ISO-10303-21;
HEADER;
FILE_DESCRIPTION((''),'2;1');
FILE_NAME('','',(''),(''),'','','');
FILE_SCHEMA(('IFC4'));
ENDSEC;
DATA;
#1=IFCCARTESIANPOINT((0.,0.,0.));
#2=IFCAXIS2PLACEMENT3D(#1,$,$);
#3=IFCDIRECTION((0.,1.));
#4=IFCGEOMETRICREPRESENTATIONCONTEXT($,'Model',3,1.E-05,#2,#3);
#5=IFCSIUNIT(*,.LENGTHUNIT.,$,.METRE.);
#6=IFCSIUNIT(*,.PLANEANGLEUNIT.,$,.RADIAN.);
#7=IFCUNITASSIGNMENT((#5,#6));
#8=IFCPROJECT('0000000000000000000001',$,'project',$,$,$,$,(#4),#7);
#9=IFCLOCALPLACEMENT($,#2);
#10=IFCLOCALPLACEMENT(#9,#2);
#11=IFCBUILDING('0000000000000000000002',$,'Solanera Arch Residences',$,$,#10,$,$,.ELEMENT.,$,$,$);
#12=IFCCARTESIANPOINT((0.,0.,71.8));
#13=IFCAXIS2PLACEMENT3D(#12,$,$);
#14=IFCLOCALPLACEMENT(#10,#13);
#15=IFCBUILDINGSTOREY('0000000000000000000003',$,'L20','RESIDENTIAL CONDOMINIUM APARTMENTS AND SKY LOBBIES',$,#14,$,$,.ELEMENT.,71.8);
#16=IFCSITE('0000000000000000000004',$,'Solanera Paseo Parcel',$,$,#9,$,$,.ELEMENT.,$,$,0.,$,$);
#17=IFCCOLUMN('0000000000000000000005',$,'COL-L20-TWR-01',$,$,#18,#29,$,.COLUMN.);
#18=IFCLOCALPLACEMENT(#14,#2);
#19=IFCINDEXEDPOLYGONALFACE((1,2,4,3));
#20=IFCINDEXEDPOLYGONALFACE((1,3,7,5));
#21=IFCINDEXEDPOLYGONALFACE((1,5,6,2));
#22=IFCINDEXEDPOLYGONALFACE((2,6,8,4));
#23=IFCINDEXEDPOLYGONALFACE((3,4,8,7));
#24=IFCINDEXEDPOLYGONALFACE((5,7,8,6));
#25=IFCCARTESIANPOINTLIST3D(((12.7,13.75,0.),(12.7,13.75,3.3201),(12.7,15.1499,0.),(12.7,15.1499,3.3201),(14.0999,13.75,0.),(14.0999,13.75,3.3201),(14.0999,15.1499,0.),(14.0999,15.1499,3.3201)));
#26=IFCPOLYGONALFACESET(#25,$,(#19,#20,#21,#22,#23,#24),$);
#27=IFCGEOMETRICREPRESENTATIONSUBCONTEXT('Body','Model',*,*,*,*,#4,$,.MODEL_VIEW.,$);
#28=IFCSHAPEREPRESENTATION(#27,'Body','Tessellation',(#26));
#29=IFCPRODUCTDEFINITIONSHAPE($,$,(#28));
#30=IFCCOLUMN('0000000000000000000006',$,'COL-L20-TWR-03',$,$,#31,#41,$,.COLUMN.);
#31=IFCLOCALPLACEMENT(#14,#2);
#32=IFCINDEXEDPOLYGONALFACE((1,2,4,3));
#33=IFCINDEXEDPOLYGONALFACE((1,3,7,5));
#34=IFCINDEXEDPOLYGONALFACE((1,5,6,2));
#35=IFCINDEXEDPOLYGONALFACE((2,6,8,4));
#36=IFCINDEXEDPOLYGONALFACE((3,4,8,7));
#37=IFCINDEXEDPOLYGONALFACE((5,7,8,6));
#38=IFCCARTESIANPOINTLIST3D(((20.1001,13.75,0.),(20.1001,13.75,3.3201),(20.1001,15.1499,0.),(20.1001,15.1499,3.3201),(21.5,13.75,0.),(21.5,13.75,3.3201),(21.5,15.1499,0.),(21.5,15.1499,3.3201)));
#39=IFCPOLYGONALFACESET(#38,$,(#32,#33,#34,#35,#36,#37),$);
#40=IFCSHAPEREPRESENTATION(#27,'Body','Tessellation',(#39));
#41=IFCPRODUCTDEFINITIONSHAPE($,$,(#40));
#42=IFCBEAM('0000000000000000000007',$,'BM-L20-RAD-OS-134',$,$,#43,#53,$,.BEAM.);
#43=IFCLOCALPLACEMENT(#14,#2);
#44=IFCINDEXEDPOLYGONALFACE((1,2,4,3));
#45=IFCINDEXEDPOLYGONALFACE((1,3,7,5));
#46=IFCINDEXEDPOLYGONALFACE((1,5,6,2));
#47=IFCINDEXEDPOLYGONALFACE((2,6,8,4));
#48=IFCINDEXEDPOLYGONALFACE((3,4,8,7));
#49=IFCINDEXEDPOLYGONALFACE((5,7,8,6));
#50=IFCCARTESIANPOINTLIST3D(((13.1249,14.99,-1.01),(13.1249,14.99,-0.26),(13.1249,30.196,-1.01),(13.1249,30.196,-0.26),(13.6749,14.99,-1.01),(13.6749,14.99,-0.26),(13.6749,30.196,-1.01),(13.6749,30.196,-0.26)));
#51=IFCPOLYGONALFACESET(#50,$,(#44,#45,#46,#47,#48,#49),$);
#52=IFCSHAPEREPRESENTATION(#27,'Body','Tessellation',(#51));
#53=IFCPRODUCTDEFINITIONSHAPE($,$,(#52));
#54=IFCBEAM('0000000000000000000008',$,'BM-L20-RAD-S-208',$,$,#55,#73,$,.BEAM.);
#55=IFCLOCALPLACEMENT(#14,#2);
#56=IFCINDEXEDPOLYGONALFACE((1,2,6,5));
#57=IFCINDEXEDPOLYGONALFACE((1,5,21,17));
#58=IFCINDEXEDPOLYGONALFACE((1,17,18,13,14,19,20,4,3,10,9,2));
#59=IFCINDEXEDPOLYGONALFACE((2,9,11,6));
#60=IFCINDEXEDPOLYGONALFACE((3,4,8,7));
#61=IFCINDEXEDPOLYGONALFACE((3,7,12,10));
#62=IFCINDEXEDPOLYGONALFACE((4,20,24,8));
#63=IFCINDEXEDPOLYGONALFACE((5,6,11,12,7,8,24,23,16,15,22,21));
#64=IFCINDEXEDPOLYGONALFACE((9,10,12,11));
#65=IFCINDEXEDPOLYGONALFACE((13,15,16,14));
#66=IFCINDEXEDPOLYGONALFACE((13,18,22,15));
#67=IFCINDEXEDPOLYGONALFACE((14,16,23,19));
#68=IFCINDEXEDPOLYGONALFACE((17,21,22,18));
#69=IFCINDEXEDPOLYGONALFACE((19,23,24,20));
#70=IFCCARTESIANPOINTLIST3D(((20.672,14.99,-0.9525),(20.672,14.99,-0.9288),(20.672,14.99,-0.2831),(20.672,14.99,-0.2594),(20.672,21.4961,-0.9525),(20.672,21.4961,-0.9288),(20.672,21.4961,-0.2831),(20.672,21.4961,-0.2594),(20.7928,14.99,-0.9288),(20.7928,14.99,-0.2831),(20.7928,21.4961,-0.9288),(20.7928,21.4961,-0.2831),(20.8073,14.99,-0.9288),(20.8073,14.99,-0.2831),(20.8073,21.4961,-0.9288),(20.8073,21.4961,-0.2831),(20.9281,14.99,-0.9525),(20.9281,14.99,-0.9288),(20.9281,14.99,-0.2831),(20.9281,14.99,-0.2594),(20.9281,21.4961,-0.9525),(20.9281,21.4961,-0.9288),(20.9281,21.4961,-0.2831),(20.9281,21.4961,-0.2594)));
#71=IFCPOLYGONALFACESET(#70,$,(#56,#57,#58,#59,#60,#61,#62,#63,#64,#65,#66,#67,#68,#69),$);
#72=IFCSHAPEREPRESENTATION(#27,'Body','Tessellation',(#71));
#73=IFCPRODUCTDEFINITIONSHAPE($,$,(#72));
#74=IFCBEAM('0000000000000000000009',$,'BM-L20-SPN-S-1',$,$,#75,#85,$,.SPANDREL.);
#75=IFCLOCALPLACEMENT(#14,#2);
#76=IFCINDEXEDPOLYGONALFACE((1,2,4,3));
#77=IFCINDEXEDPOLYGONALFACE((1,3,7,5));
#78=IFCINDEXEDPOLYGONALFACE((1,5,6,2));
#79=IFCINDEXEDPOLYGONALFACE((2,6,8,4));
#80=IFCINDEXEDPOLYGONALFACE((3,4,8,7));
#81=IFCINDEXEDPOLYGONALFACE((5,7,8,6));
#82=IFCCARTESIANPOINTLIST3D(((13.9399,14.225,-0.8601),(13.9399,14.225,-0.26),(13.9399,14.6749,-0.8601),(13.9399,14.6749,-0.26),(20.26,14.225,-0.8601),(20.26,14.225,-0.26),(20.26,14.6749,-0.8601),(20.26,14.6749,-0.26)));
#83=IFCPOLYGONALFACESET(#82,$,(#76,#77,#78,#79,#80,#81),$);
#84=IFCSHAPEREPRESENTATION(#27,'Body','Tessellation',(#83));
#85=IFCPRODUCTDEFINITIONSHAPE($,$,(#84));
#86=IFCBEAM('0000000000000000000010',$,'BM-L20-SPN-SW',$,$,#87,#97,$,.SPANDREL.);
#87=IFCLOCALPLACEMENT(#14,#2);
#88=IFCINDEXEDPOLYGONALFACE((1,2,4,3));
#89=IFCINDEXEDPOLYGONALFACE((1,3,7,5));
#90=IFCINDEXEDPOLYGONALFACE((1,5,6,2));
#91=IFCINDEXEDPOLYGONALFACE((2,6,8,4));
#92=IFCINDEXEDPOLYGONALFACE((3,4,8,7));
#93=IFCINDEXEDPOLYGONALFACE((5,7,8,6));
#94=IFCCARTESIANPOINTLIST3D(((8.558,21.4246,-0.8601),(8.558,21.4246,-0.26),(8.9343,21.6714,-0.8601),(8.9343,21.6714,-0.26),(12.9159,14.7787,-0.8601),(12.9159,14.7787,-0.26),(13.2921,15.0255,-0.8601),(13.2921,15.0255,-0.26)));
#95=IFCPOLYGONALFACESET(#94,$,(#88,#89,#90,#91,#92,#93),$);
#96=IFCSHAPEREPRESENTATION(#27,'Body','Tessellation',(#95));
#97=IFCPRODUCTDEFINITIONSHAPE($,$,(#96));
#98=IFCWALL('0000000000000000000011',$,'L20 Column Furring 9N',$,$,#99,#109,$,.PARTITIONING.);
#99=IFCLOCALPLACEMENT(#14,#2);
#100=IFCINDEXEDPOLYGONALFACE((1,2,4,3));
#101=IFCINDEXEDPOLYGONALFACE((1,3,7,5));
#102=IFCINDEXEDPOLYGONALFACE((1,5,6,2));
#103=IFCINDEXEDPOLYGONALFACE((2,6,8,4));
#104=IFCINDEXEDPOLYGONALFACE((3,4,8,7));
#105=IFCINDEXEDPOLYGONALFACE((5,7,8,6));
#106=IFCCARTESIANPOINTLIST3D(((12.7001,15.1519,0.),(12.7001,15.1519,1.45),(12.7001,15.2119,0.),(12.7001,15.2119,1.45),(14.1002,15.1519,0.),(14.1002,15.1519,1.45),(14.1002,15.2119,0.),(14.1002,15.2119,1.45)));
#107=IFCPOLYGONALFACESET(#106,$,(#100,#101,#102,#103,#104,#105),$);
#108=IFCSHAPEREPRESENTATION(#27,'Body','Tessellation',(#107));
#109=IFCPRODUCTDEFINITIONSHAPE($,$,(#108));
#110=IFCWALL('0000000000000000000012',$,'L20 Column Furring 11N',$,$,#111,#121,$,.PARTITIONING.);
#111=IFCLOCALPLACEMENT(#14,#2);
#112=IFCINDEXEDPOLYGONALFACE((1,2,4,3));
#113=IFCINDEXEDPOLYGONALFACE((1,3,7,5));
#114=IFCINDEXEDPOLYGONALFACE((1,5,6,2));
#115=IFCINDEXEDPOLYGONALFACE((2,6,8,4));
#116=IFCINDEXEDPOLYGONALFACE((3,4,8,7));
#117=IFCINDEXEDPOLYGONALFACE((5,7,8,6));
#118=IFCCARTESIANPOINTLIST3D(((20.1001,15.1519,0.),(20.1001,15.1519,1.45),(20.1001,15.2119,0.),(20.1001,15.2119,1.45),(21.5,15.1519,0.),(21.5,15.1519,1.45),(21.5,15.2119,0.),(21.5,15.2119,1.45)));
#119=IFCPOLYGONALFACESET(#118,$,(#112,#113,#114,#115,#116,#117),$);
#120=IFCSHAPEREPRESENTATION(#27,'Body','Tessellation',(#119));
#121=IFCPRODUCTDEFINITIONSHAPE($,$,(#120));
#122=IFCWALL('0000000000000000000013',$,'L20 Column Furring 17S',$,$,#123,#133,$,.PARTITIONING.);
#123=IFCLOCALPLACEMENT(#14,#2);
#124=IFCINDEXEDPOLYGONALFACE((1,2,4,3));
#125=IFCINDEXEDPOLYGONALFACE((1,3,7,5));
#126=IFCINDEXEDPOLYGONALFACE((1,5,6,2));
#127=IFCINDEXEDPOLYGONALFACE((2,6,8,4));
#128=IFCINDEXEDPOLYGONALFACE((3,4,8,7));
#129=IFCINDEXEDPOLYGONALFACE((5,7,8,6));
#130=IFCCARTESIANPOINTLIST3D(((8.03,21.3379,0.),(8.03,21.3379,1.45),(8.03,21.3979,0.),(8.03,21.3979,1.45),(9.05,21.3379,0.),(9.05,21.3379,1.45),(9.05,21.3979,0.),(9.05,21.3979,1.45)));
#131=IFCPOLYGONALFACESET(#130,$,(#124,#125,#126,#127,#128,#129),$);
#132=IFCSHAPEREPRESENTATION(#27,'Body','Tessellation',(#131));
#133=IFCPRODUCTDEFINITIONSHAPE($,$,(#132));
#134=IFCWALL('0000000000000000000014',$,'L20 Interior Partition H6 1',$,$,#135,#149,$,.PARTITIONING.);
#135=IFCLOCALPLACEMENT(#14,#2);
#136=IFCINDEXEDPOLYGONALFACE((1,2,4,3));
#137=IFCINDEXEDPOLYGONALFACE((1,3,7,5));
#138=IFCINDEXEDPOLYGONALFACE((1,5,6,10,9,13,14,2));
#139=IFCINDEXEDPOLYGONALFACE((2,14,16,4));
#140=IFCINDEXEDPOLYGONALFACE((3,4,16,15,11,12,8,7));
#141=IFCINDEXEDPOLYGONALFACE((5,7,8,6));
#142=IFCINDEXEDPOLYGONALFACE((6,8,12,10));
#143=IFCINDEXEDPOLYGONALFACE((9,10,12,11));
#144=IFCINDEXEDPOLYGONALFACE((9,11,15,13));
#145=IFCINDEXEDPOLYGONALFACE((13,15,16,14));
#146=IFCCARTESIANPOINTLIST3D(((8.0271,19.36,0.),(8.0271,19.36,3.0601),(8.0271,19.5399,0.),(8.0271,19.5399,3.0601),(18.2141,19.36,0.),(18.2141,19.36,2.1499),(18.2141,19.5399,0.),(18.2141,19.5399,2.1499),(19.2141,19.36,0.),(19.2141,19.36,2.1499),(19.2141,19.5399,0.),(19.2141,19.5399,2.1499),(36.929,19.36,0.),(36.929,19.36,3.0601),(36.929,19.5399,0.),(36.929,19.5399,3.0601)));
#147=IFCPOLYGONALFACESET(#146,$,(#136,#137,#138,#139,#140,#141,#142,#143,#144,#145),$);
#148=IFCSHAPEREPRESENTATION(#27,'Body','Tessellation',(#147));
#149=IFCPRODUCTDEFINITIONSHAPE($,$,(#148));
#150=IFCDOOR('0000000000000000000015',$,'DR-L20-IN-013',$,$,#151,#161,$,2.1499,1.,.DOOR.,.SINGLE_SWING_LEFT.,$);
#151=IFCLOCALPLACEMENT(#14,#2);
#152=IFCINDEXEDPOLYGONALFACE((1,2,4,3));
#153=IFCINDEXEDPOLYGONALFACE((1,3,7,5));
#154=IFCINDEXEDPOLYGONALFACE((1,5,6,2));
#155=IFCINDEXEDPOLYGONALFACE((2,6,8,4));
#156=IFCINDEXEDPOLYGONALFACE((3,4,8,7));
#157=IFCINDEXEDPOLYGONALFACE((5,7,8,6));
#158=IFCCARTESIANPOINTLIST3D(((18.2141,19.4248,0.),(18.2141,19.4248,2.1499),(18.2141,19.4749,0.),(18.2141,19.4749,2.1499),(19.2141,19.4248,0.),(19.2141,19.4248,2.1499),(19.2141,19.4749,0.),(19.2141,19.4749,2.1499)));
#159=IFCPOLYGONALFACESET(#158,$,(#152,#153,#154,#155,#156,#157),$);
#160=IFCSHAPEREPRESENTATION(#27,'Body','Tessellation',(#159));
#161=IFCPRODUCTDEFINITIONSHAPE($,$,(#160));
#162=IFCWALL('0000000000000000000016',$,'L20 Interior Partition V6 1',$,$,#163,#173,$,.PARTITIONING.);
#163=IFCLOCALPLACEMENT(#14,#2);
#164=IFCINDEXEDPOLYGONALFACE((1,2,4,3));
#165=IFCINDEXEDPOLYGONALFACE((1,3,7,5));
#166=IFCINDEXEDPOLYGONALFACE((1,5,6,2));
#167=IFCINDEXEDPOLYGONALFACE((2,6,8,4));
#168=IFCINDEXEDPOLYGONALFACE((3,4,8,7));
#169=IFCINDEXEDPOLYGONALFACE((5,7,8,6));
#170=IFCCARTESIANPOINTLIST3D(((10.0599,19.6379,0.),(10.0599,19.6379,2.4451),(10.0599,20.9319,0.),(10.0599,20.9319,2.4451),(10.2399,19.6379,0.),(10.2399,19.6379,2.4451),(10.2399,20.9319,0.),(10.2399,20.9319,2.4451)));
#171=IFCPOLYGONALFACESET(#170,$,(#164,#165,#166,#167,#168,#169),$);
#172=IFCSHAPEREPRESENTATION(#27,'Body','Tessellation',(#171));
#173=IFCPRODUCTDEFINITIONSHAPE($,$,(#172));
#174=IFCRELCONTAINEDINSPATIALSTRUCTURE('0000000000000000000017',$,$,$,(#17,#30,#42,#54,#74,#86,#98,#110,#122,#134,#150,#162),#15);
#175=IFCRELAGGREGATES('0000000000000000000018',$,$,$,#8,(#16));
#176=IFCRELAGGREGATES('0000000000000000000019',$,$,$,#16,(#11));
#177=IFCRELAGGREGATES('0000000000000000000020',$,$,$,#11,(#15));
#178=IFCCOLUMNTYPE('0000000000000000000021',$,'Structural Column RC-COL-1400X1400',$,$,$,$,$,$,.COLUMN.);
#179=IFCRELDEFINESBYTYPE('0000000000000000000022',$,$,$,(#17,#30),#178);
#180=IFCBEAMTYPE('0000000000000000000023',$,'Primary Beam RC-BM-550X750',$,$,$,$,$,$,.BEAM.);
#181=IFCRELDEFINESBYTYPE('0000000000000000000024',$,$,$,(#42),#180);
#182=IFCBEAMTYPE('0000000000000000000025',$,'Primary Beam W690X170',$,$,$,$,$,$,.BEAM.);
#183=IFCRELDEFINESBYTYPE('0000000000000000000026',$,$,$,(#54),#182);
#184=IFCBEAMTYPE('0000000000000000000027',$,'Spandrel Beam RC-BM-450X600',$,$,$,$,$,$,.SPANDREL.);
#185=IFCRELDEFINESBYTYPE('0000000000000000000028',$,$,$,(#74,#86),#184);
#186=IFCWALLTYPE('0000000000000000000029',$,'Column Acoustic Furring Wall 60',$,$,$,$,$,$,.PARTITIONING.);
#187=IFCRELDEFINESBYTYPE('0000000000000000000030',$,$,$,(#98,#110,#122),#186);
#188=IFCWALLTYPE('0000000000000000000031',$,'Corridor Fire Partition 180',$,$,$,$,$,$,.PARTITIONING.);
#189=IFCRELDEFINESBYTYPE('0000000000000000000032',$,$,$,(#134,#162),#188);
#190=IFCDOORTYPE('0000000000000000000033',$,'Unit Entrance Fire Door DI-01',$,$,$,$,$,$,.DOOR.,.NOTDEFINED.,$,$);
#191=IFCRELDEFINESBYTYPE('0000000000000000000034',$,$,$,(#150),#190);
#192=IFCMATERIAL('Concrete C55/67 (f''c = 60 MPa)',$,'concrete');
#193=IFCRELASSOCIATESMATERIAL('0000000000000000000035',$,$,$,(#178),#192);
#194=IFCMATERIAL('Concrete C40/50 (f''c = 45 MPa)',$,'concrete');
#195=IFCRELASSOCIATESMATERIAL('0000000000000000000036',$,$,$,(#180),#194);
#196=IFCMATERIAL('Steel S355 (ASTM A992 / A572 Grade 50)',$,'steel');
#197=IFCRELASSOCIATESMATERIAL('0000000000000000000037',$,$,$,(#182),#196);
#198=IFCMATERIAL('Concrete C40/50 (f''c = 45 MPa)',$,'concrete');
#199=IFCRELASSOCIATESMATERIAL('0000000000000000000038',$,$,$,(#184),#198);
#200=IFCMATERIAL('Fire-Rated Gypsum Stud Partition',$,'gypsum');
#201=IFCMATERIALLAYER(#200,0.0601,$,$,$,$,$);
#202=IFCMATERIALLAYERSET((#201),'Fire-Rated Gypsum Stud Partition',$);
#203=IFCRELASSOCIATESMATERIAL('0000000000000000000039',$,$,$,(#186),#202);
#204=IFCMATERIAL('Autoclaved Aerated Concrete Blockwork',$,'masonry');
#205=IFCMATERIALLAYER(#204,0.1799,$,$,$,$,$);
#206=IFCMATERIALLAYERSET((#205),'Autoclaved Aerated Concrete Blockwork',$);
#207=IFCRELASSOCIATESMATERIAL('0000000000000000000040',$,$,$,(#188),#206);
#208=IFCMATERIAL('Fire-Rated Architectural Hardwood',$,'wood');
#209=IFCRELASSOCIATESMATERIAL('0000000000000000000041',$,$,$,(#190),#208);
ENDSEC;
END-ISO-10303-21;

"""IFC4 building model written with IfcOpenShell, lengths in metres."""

from ifc_helpers import new_model, si_unit, direction, frame, frame_2d, origin, origin_2d, place, context, subcontext, project, spatial, rectangle, i_section, extrude, material, layer, layer_set, material_profile, profile_set, type_object, element, fill, save


model = new_model("IFC4")

# Units and contexts
model_context = context("Model", 3, precision=1e-05, world=origin(), true_north=direction((0.0, 1.0)))
body_context = subcontext(model_context, "Body", "Model", "MODEL_VIEW")
ifc_project = project(units=[si_unit("LENGTHUNIT", "METRE"), si_unit("PLANEANGLEUNIT", "RADIAN")], contexts=[model_context])

# Site, building, storey
site_placement = place(None, origin())
site = spatial("IfcSite", under=ifc_project, at=site_placement, Name="Solanera Paseo Parcel", CompositionType="ELEMENT", RefElevation=0.0)
building_placement = place(site_placement, origin())
building = spatial("IfcBuilding", under=site, at=building_placement, Name="Solanera Arch Residences", CompositionType="ELEMENT")
storey_placement = place(building_placement, frame((0.0, 0.0, 71.8)))
storey = spatial("IfcBuildingStorey", under=building, at=storey_placement, Name="L20", Description="RESIDENTIAL CONDOMINIUM APARTMENTS AND SKY LOBBIES", CompositionType="ELEMENT", Elevation=71.8)

# Columns
ifc_material_1 = material(Name="Concrete C55/67 (f'c = 60 MPa)", Category="concrete")
ifc_material_profile_1 = material_profile(ifc_material_1, rectangle(XDim=1.3999, YDim=1.3999, at=origin_2d()))
ifc_profile_set_1 = profile_set([ifc_material_profile_1], Name="Concrete C55/67 (f'c = 60 MPa)")
column_type = type_object("IfcColumnType", Name="Structural Column RC-COL-1400X1400", PredefinedType="COLUMN", material=ifc_profile_set_1)
for number, where, z_axis, x_axis, name in (
    (1, (13.3999, 14.45, 0.0), (0.0, 0.0, 1.0), (1.0, 0.0, 0.0), "COL-L20-TWR-01"),
    (2, (20.8, 14.45, 0.0), (0.0, 0.0, 1.0), (1.0, 0.0, 0.0), "COL-L20-TWR-03"),
):
    element("IfcColumn", number, at=place(storey_placement, frame(where, z_axis=z_axis, x_axis=x_axis)), inside=storey, type_object=column_type, Name=name, PredefinedType="COLUMN", context=body_context, shape_type="SweptSolid", body=[
        extrude(rectangle(XDim=1.3999, YDim=1.3999, at=origin_2d()), origin(), (0.0, 0.0, 1.0), 3.3201),
    ])

# Beams
ifc_material_2 = material(Name="Concrete C40/50 (f'c = 45 MPa)", Category="concrete")
ifc_material_profile_2 = material_profile(ifc_material_2, rectangle(XDim=0.55, YDim=0.75, at=origin_2d()))
ifc_profile_set_2 = profile_set([ifc_material_profile_2], Name="Concrete C40/50 (f'c = 45 MPa)")
beam_type_1 = type_object("IfcBeamType", Name="Primary Beam RC-BM-550X750", PredefinedType="BEAM", material=ifc_profile_set_2)
beam_1_placement = place(storey_placement, frame((13.3999, 14.99, -0.635), z_axis=(0.0, 1.0, 0.0), x_axis=(-1.0, 0.0, 0.0)))
element("IfcBeam", 3, at=beam_1_placement, inside=storey, type_object=beam_type_1, Name="BM-L20-RAD-OS-134", PredefinedType="BEAM", context=body_context, shape_type="SweptSolid", body=[
    extrude(rectangle(XDim=0.55, YDim=0.75, at=origin_2d()), origin(), (0.0, 0.0, 1.0), 15.2061),
])
ifc_material_3 = material(Name="Steel S355 (ASTM A992 / A572 Grade 50)", Category="steel")
ifc_material_profile_3 = material_profile(ifc_material_3, i_section(OverallWidth=0.2561, OverallDepth=0.6931, WebThickness=0.0144, FlangeThickness=0.0237, at=origin_2d()))
ifc_profile_set_3 = profile_set([ifc_material_profile_3], Name="Steel S355 (ASTM A992 / A572 Grade 50)")
beam_type_2 = type_object("IfcBeamType", Name="Primary Beam W690X170", PredefinedType="BEAM", material=ifc_profile_set_3)
beam_2_placement = place(storey_placement, frame((20.8, 14.99, -0.606), z_axis=(0.0, 1.0, 0.0), x_axis=(-1.0, 0.0, 0.0)))
element("IfcBeam", 4, at=beam_2_placement, inside=storey, type_object=beam_type_2, Name="BM-L20-RAD-S-208", PredefinedType="BEAM", context=body_context, shape_type="SweptSolid", body=[
    extrude(i_section(OverallWidth=0.2561, OverallDepth=0.6931, WebThickness=0.0144, FlangeThickness=0.0237, at=origin_2d()), origin(), (0.0, 0.0, 1.0), 6.5061),
])
ifc_material_4 = material(Name="Concrete C40/50 (f'c = 45 MPa)", Category="concrete")
ifc_material_profile_4 = material_profile(ifc_material_4, rectangle(XDim=0.45, YDim=0.6001, at=origin_2d()))
ifc_profile_set_4 = profile_set([ifc_material_profile_4], Name="Concrete C40/50 (f'c = 45 MPa)")
beam_type_3 = type_object("IfcBeamType", Name="Spandrel Beam RC-BM-450X600", PredefinedType="SPANDREL", material=ifc_profile_set_4)
beam_3_placement = place(storey_placement, frame((13.9399, 14.45, -0.5601), z_axis=(1.0, 0.0, 0.0), x_axis=(0.0, 1.0, 0.0)))
element("IfcBeam", 5, at=beam_3_placement, inside=storey, type_object=beam_type_3, Name="BM-L20-SPN-S-1", PredefinedType="SPANDREL", context=body_context, shape_type="SweptSolid", body=[
    extrude(rectangle(XDim=0.45, YDim=0.6001, at=origin_2d()), origin(), (0.0, 0.0, 1.0), 6.3201),
])
beam_4_placement = place(storey_placement, frame((13.104, 14.9021, -0.5601), z_axis=(-0.548346, 0.836251, 0.0), x_axis=(-0.836251, -0.548346, 0.0)))
element("IfcBeam", 6, at=beam_4_placement, inside=storey, type_object=beam_type_3, Name="BM-L20-SPN-SW", PredefinedType="SPANDREL", context=body_context, shape_type="SweptSolid", body=[
    extrude(rectangle(XDim=0.45, YDim=0.6001, at=origin_2d()), origin(), (0.0, 0.0, 1.0), 7.9473),
])

# Walls
ifc_material_5 = material(Name="Fire-Rated Gypsum Stud Partition", Category="gypsum")
ifc_layer_1 = layer(ifc_material_5, 0.0601)
ifc_layer_set_1 = layer_set([ifc_layer_1], Name="Fire-Rated Gypsum Stud Partition")
wall_type_1 = type_object("IfcWallType", Name="Column Acoustic Furring Wall 60", PredefinedType="PARTITIONING", material=ifc_layer_set_1)
wall_1_placement = place(storey_placement, frame((12.7, 15.1819, 0.0), z_axis=(0.0, 0.0, 1.0), x_axis=(1.0, 0.0, 0.0)))
element("IfcWall", 7, at=wall_1_placement, inside=storey, type_object=wall_type_1, Name="L20 Column Furring 9N", PredefinedType="PARTITIONING", context=body_context, shape_type="SweptSolid", body=[
    extrude(rectangle(XDim=1.4001, YDim=0.0601, at=frame_2d((0.7002, 0.0))), origin(), (0.0, 0.0, 1.0), 1.45),
])
wall_2_placement = place(storey_placement, frame((20.1001, 15.1819, 0.0), z_axis=(0.0, 0.0, 1.0), x_axis=(1.0, 0.0, 0.0)))
element("IfcWall", 8, at=wall_2_placement, inside=storey, type_object=wall_type_1, Name="L20 Column Furring 11N", PredefinedType="PARTITIONING", context=body_context, shape_type="SweptSolid", body=[
    extrude(rectangle(XDim=1.3999, YDim=0.0601, at=frame_2d((0.7, 0.0))), origin(), (0.0, 0.0, 1.0), 1.45),
])
wall_3_placement = place(storey_placement, frame((8.03, 21.3679, 0.0), z_axis=(0.0, 0.0, 1.0), x_axis=(1.0, 0.0, 0.0)))
element("IfcWall", 9, at=wall_3_placement, inside=storey, type_object=wall_type_1, Name="L20 Column Furring 17S", PredefinedType="PARTITIONING", context=body_context, shape_type="SweptSolid", body=[
    extrude(rectangle(XDim=1.02, YDim=0.0601, at=frame_2d((0.51, 0.0))), origin(), (0.0, 0.0, 1.0), 1.45),
])

# Wall, opening, door
ifc_material_6 = material(Name="Autoclaved Aerated Concrete Blockwork", Category="masonry")
ifc_layer_2 = layer(ifc_material_6, 0.1799)
ifc_layer_set_2 = layer_set([ifc_layer_2], Name="Autoclaved Aerated Concrete Blockwork")
wall_type_2 = type_object("IfcWallType", Name="Corridor Fire Partition 180", PredefinedType="PARTITIONING", material=ifc_layer_set_2)
wall_4_placement = place(storey_placement, frame((8.0271, 19.45, 0.0), z_axis=(0.0, 0.0, 1.0), x_axis=(1.0, 0.0, 0.0)))
wall_4 = element("IfcWall", 10, at=wall_4_placement, inside=storey, type_object=wall_type_2, Name="L20 Interior Partition H6 1", PredefinedType="PARTITIONING", context=body_context, shape_type="SweptSolid", body=[
    extrude(rectangle(XDim=28.9019, YDim=0.1799, at=frame_2d((14.4509, 0.0))), origin(), (0.0, 0.0, 1.0), 3.0601),
])
opening_1_placement = place(wall_4_placement, frame((10.187, 0.0, 0.0)))
opening_1 = element("IfcOpeningElement", 11, at=opening_1_placement, cuts=wall_4, PredefinedType="OPENING", context=body_context, shape_type="SweptSolid", body=[
    extrude(rectangle(XDim=1.0, YDim=2.1499, at=frame_2d((0.5, 1.075))), frame((0.0, 0.1001, 0.0), z_axis=(0.0, -1.0, 0.0), x_axis=(1.0, 0.0, 0.0)), (0.0, 0.0, 1.0), 0.1999),
])
ifc_material_7 = material(Name="Fire-Rated Architectural Hardwood", Category="wood")
door_type_1 = type_object("IfcDoorType", Name="Unit Entrance Fire Door DI-01", OperationType="NOTDEFINED", PredefinedType="DOOR", material=ifc_material_7)
door_1_placement = place(opening_1_placement, origin())
door_1 = element("IfcDoor", 12, at=door_1_placement, inside=storey, type_object=door_type_1, Name="DR-L20-IN-013", OperationType="SINGLE_SWING_LEFT", OverallHeight=2.1499, OverallWidth=1.0, PredefinedType="DOOR", context=body_context, shape_type="SweptSolid", body=[
    extrude(rectangle(XDim=1.0, YDim=2.1499, at=frame_2d((0.5, 1.075))), frame((0.0, 0.0249, 0.0), z_axis=(0.0, -1.0, 0.0), x_axis=(1.0, 0.0, 0.0)), (0.0, 0.0, 1.0), 0.05),
])
fill(opening_1, door_1)

# Wall
wall_5_placement = place(storey_placement, frame((10.1499, 19.6379, 0.0), z_axis=(0.0, 0.0, 1.0), x_axis=(0.0, 1.0, 0.0)))
element("IfcWall", 13, at=wall_5_placement, inside=storey, type_object=wall_type_2, Name="L20 Interior Partition V6 1", PredefinedType="PARTITIONING", context=body_context, shape_type="SweptSolid", body=[
    extrude(rectangle(XDim=1.2939, YDim=0.1799, at=frame_2d((0.647, 0.0))), origin(), (0.0, 0.0, 1.0), 2.4451),
])

save(model, "model.ifc")
